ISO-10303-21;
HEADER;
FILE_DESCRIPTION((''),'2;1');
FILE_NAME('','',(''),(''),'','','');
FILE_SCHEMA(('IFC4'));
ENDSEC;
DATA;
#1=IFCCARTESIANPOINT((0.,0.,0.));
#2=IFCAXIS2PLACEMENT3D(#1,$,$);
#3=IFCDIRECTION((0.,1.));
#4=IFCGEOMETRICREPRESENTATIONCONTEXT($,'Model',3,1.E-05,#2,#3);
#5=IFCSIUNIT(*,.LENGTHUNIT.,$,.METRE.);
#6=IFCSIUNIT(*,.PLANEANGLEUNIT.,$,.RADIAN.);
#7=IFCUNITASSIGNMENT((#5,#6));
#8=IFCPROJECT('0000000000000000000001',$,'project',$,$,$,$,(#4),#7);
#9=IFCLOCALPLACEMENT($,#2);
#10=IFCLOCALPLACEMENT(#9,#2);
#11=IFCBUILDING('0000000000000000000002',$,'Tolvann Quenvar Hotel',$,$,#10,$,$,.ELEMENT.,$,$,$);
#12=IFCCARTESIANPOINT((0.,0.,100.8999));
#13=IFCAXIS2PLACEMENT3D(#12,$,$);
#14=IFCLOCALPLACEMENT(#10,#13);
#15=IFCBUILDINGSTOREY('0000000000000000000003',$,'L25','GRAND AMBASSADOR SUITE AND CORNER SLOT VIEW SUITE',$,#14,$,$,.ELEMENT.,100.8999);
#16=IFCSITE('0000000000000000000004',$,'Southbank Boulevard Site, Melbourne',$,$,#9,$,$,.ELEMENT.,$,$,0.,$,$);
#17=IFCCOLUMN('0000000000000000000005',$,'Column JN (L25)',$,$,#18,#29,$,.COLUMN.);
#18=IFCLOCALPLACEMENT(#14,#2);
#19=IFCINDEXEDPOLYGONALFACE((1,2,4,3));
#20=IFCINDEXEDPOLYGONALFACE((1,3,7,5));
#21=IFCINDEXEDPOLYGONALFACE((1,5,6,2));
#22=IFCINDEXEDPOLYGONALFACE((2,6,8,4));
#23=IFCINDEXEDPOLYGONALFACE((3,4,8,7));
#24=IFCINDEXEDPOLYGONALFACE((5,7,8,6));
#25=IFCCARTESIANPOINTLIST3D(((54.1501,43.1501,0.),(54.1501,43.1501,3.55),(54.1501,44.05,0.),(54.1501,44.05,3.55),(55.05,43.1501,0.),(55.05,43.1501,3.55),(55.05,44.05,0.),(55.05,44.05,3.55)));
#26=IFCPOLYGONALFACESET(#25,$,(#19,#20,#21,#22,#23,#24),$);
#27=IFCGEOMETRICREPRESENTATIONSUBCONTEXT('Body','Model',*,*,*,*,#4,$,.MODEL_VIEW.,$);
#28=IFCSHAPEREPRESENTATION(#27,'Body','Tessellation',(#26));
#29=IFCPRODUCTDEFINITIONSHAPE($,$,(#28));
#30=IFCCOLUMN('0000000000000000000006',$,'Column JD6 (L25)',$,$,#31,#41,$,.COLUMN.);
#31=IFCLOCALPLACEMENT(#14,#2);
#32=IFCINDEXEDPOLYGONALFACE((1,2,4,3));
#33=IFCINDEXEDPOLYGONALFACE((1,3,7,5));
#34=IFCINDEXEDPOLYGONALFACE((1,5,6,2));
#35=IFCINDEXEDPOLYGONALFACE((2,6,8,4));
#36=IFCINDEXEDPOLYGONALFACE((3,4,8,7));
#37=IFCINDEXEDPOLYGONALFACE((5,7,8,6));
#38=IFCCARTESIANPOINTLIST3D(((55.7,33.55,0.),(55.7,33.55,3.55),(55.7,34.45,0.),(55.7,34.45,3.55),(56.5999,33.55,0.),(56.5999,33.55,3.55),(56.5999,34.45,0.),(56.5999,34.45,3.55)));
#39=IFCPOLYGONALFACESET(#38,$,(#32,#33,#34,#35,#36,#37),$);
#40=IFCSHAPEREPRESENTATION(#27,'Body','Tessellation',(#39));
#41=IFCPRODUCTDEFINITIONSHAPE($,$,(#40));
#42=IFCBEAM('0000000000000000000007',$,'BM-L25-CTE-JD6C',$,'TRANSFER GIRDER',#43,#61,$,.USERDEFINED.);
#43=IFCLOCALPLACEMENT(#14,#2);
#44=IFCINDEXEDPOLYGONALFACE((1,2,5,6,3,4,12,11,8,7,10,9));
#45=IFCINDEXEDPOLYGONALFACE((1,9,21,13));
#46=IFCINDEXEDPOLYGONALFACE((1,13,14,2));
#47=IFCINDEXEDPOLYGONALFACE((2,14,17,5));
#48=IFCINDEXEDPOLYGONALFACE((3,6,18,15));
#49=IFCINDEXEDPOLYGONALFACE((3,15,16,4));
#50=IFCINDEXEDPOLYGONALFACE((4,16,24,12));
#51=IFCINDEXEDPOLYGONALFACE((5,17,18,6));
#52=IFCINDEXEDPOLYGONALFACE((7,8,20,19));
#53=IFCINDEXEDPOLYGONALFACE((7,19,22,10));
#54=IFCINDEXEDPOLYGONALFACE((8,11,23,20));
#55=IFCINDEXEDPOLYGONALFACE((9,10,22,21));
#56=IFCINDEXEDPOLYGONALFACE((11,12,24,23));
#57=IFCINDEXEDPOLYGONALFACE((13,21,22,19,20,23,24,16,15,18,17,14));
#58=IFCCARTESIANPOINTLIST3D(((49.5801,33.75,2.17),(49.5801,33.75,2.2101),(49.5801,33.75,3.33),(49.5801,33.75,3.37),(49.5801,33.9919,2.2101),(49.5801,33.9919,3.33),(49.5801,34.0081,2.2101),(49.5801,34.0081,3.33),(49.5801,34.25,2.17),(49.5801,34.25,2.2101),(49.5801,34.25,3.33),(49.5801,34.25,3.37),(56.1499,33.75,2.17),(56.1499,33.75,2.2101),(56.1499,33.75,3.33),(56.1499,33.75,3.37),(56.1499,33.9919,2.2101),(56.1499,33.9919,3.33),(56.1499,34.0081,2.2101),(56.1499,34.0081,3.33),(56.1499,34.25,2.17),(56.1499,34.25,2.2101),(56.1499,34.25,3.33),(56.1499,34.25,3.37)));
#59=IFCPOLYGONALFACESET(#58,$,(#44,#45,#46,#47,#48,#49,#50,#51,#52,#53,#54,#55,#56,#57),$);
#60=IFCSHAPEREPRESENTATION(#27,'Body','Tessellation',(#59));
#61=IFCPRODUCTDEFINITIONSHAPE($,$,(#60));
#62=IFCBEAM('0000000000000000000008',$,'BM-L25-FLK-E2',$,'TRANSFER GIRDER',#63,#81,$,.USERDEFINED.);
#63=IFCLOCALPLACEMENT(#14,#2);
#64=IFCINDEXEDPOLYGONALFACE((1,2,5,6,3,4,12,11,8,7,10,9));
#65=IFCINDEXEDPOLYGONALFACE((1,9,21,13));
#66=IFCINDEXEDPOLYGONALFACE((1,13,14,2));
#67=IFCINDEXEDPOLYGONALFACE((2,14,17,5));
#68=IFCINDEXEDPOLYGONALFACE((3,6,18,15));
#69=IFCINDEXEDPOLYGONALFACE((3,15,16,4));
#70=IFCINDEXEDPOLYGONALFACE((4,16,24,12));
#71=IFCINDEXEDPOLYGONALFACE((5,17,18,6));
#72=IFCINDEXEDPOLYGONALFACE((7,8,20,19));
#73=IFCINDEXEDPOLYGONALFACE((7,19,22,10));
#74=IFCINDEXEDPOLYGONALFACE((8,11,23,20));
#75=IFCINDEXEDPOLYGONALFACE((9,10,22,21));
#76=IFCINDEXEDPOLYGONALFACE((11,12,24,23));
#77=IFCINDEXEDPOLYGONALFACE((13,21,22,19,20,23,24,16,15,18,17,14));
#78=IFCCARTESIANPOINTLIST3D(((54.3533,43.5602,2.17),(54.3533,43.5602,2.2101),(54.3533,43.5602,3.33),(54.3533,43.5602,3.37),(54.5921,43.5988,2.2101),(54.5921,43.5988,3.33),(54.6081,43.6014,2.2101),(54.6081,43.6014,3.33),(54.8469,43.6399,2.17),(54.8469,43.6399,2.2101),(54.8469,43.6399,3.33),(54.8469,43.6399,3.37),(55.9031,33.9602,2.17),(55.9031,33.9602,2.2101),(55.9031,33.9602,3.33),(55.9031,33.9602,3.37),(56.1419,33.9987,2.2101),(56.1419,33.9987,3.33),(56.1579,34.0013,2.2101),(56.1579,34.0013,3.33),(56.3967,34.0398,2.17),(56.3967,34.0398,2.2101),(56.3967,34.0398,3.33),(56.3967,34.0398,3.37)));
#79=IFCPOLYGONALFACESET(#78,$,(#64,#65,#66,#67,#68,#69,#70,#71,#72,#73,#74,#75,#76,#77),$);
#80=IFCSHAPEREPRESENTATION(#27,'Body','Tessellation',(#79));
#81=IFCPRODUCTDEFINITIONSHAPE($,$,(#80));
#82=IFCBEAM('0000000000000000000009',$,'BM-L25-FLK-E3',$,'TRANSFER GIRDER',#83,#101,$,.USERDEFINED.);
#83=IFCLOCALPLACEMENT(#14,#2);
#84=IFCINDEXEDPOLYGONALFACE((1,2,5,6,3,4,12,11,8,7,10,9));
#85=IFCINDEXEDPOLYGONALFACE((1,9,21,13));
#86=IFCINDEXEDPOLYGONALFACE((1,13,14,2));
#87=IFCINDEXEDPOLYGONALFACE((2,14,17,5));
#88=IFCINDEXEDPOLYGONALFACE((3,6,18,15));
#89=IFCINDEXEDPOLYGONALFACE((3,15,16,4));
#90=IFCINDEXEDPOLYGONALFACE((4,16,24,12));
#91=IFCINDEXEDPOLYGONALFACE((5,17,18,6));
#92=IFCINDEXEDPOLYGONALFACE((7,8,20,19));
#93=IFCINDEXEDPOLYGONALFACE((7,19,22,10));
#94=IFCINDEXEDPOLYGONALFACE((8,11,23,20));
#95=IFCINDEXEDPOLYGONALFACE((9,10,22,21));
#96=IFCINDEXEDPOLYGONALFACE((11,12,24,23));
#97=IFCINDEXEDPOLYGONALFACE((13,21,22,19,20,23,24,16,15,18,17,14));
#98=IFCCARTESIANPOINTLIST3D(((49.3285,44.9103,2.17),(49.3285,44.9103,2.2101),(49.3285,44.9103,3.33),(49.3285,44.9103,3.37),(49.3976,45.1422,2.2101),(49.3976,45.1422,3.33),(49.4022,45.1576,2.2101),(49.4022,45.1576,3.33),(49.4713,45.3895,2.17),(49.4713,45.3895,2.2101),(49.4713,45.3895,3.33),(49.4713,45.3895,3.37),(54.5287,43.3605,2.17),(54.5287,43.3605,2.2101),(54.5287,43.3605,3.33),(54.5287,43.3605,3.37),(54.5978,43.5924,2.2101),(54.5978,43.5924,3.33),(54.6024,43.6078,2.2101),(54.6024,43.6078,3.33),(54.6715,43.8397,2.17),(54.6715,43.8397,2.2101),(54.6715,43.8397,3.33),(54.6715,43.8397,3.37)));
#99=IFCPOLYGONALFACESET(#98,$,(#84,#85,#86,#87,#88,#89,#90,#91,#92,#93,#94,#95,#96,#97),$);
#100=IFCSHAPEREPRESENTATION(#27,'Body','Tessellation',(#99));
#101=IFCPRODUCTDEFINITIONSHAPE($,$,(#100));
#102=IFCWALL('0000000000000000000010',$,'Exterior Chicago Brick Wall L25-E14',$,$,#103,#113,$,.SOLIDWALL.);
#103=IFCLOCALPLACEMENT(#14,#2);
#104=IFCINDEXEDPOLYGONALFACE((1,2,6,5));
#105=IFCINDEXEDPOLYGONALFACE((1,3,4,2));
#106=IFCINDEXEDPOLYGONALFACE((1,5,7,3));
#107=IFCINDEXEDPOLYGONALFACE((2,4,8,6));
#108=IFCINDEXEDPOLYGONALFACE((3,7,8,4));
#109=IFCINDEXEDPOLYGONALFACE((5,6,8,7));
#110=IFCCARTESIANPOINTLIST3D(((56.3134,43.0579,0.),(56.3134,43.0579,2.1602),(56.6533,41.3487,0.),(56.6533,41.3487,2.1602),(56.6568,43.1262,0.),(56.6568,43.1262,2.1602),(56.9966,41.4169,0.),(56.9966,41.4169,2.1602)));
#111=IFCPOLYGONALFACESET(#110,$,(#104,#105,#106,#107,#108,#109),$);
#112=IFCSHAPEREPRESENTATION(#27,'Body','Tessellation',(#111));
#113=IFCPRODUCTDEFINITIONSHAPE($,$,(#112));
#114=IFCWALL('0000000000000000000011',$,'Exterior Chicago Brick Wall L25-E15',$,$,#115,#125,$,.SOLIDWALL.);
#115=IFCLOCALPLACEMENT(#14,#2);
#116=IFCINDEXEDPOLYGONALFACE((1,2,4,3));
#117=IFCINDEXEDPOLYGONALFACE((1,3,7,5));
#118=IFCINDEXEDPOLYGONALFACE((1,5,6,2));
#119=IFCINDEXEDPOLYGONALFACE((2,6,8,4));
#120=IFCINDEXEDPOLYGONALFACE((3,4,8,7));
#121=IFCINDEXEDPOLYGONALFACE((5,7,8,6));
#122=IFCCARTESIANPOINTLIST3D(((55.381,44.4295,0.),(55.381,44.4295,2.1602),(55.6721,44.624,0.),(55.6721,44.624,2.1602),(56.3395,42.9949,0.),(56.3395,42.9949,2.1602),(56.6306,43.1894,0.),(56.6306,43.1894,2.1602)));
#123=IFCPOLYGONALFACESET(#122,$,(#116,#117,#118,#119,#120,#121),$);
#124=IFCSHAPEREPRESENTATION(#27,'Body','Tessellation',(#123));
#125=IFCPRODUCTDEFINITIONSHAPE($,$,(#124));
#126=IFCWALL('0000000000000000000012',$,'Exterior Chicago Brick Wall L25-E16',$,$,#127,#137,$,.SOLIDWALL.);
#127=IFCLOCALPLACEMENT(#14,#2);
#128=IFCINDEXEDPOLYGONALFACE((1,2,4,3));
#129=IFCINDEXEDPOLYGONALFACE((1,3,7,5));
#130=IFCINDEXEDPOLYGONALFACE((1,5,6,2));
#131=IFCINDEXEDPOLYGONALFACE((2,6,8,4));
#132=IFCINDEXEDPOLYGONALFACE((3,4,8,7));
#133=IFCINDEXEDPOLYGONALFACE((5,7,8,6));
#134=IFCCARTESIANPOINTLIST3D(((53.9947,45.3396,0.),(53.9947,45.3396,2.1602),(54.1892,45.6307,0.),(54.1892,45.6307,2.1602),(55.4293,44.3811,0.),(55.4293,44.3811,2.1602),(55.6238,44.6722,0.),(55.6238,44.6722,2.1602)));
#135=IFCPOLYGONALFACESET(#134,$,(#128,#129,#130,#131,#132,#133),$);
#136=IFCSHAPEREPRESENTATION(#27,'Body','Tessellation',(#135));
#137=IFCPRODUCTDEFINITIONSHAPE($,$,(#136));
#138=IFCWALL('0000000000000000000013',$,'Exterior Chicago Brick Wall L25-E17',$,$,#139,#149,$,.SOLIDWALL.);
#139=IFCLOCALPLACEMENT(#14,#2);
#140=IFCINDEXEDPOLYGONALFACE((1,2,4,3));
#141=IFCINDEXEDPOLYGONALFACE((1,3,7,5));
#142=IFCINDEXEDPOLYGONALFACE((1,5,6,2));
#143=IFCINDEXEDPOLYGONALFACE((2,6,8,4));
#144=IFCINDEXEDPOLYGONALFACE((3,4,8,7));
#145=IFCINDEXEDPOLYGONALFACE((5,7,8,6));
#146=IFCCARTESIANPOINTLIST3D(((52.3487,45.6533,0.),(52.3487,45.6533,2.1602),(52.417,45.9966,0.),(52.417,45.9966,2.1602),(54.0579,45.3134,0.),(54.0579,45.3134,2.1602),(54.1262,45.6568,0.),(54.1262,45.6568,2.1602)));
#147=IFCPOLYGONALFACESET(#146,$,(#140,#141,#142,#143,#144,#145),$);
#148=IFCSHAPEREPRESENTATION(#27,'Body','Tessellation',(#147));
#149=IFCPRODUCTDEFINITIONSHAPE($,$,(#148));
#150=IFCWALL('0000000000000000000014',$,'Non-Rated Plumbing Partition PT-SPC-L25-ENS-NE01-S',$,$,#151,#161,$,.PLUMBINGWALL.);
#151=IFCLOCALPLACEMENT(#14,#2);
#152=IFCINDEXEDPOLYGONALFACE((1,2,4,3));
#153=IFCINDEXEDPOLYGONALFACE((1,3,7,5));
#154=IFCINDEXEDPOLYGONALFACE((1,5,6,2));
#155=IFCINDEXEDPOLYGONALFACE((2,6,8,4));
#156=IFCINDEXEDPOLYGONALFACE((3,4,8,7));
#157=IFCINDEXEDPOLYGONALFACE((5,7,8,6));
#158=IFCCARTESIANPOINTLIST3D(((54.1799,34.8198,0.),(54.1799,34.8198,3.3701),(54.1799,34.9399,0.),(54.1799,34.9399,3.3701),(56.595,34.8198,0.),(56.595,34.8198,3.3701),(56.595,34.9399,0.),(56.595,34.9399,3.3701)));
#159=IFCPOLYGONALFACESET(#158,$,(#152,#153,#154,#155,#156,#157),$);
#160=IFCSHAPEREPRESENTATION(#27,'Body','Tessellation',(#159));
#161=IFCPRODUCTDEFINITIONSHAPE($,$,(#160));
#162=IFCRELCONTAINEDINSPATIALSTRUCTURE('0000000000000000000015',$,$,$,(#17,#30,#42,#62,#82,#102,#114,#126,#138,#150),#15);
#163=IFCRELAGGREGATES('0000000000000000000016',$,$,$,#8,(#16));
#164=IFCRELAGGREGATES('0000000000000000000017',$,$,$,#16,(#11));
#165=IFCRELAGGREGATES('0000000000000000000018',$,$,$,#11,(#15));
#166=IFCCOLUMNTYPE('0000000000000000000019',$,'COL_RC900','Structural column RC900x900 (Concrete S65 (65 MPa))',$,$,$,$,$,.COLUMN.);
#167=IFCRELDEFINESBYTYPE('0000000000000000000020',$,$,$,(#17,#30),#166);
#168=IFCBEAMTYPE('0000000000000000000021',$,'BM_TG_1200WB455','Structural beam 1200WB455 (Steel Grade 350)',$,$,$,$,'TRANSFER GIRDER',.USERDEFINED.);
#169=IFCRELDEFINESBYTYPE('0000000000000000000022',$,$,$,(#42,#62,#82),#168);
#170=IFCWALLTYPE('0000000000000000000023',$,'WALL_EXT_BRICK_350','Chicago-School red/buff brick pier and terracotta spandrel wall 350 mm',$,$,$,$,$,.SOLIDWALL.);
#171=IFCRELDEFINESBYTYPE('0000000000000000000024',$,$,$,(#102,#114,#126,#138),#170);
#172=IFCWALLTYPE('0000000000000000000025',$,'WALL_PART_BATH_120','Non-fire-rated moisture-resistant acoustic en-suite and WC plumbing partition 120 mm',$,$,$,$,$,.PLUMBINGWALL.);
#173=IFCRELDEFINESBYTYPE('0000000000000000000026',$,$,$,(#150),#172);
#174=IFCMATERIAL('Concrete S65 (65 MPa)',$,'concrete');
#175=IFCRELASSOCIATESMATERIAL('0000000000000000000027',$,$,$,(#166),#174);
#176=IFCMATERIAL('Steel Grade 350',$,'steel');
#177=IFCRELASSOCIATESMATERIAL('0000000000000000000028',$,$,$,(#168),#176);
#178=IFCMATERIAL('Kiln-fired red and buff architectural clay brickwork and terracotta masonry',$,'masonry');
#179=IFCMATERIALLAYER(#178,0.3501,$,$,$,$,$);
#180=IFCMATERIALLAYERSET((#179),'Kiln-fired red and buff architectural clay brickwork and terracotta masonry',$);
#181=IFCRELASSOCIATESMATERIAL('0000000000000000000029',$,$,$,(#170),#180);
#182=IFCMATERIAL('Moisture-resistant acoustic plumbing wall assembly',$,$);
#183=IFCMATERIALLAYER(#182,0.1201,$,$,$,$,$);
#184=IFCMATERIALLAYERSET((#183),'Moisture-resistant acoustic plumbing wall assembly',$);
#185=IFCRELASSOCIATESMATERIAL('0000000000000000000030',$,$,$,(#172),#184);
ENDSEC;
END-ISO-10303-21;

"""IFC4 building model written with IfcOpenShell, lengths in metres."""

from ifc_helpers import new_model, si_unit, direction, frame, frame_2d, origin, origin_2d, place, context, subcontext, project, spatial, rectangle, i_section, extrude, source, transform, mapped, material, layer, layer_set, material_profile, profile_set, type_object, type_shapes, element, save


model = new_model("IFC4")

# Units and contexts
model_context = context("Model", 3, precision=1e-05, world=origin(), true_north=direction((0.0, 1.0)))
body_context = subcontext(model_context, "Body", "Model", "MODEL_VIEW")
ifc_project = project(units=[si_unit("LENGTHUNIT", "METRE"), si_unit("PLANEANGLEUNIT", "RADIAN")], contexts=[model_context])

# Site, building, storey
site_placement = place(None, origin())
site = spatial("IfcSite", under=ifc_project, at=site_placement, Name="Southbank Boulevard Site, Melbourne", CompositionType="ELEMENT", RefElevation=0.0)
building_placement = place(site_placement, origin())
building = spatial("IfcBuilding", under=site, at=building_placement, Name="Tolvann Quenvar Hotel", CompositionType="ELEMENT")
storey_placement = place(building_placement, frame((0.0, 0.0, 100.8999)))
storey = spatial("IfcBuildingStorey", under=building, at=storey_placement, Name="L25", Description="GRAND AMBASSADOR SUITE AND CORNER SLOT VIEW SUITE", CompositionType="ELEMENT", Elevation=100.8999)

# Columns
ifc_material_1 = material(Name="Concrete S65 (65 MPa)", Category="concrete")
ifc_material_profile_1 = material_profile(ifc_material_1, rectangle(XDim=0.8999, YDim=0.8999, at=origin_2d()), Name="RC900x900")
ifc_profile_set_1 = profile_set([ifc_material_profile_1], Name="Concrete S65 (65 MPa)")
column_type = type_object("IfcColumnType", Name="COL_RC900", Description="Structural column RC900x900 (Concrete S65 (65 MPa))", PredefinedType="COLUMN", material=ifc_profile_set_1)
shared_shape_1 = source(origin(), body_context, "Body", "SweptSolid", [
    extrude(rectangle(XDim=0.8999, YDim=0.8999, at=origin_2d()), origin(), (0.0, 0.0, 1.0), 3.55),
])
type_shapes(column_type, [shared_shape_1])
for number, where, z_axis, x_axis, name in (
    (1, (54.6001, 43.6001, 0.0), (0.0, 0.0, 1.0), (1.0, 0.0, 0.0), "Column JN (L25)"),
    (2, (56.1499, 34.0, 0.0), (0.0, 0.0, 1.0), (1.0, 0.0, 0.0), "Column JD6 (L25)"),
):
    element("IfcColumn", number, at=place(storey_placement, frame(where, z_axis=z_axis, x_axis=x_axis)), inside=storey, type_object=column_type, Name=name, PredefinedType="COLUMN", context=body_context, shape_type="MappedRepresentation", body=[
        mapped(shared_shape_1, transform((0.0, 0.0, 0.0), x_axis=(1.0, 0.0, 0.0), y_axis=(0.0, 1.0, 0.0), z_axis=(0.0, 0.0, 1.0), scale=1.0)),
    ])

# Beams
ifc_material_2 = material(Name="Steel Grade 350", Category="steel")
ifc_material_profile_2 = material_profile(ifc_material_2, i_section(OverallWidth=0.5, OverallDepth=1.2, WebThickness=0.0161, FlangeThickness=0.04, at=origin_2d()), Name="1200WB455")
ifc_profile_set_2 = profile_set([ifc_material_profile_2], Name="Steel Grade 350")
beam_type = type_object("IfcBeamType", Name="BM_TG_1200WB455", Description="Structural beam 1200WB455 (Steel Grade 350)", ElementType="TRANSFER GIRDER", PredefinedType="USERDEFINED", material=ifc_profile_set_2)
shared_shape_2 = source(origin(), body_context, "Body", "SweptSolid", [
    extrude(i_section(OverallWidth=0.5, OverallDepth=1.2, WebThickness=0.0161, FlangeThickness=0.04, at=origin_2d()), origin(), (0.0, 0.0, 1.0), 6.5698),
])
beam_1_placement = place(storey_placement, frame((49.5801, 34.0, 2.77), z_axis=(1.0, 0.0, 0.0), x_axis=(0.0, 1.0, 0.0)))
element("IfcBeam", 3, at=beam_1_placement, inside=storey, type_object=beam_type, Name="BM-L25-CTE-JD6C", ObjectType="TRANSFER GIRDER", PredefinedType="USERDEFINED", context=body_context, shape_type="MappedRepresentation", body=[
    mapped(shared_shape_2, transform((0.0, 0.0, 0.0), x_axis=(1.0, 0.0, 0.0), y_axis=(0.0, 1.0, 0.0), z_axis=(0.0, 0.0, 1.0), scale=1.0)),
])
shared_shape_3 = source(origin(), body_context, "Body", "SweptSolid", [
    extrude(i_section(OverallWidth=0.5, OverallDepth=1.2, WebThickness=0.0161, FlangeThickness=0.04, at=origin_2d()), origin(), (0.0, 0.0, 1.0), 9.7244),
])
beam_2_placement = place(storey_placement, frame((56.1499, 34.0, 2.77), z_axis=(-0.159373, 0.987218, 0.0), x_axis=(-0.987218, -0.159373, 0.0)))
element("IfcBeam", 4, at=beam_2_placement, inside=storey, type_object=beam_type, Name="BM-L25-FLK-E2", ObjectType="TRANSFER GIRDER", PredefinedType="USERDEFINED", context=body_context, shape_type="MappedRepresentation", body=[
    mapped(shared_shape_3, transform((0.0, 0.0, 0.0), x_axis=(1.0, 0.0, 0.0), y_axis=(0.0, 1.0, 0.0), z_axis=(0.0, 0.0, 1.0), scale=1.0)),
])
shared_shape_4 = source(origin(), body_context, "Body", "SweptSolid", [
    extrude(i_section(OverallWidth=0.5, OverallDepth=1.2, WebThickness=0.0161, FlangeThickness=0.04, at=origin_2d()), origin(), (0.0, 0.0, 1.0), 5.4263),
])
type_shapes(beam_type, [shared_shape_2, shared_shape_3, shared_shape_4])
beam_3_placement = place(storey_placement, frame((54.6001, 43.6001, 2.77), z_axis=(-0.958345, 0.285614, 0.0), x_axis=(-0.285614, -0.958345, 0.0)))
element("IfcBeam", 5, at=beam_3_placement, inside=storey, type_object=beam_type, Name="BM-L25-FLK-E3", ObjectType="TRANSFER GIRDER", PredefinedType="USERDEFINED", context=body_context, shape_type="MappedRepresentation", body=[
    mapped(shared_shape_4, transform((0.0, 0.0, 0.0), x_axis=(1.0, 0.0, 0.0), y_axis=(0.0, 1.0, 0.0), z_axis=(0.0, 0.0, 1.0), scale=1.0)),
])

# Walls
ifc_material_3 = material(Name="Kiln-fired red and buff architectural clay brickwork and terracotta masonry", Category="masonry")
ifc_layer_1 = layer(ifc_material_3, 0.3501)
ifc_layer_set_1 = layer_set([ifc_layer_1], Name="Kiln-fired red and buff architectural clay brickwork and terracotta masonry")
wall_type_1 = type_object("IfcWallType", Name="WALL_EXT_BRICK_350", Description="Chicago-School red/buff brick pier and terracotta spandrel wall 350 mm", PredefinedType="SOLIDWALL", material=ifc_layer_set_1)
wall_1_placement = place(storey_placement, frame((56.825, 41.3828, 0.0), z_axis=(0.0, 0.0, 1.0), x_axis=(-0.195011, 0.980801, 0.0)))
element("IfcWall", 6, at=wall_1_placement, inside=storey, type_object=wall_type_1, Name="Exterior Chicago Brick Wall L25-E14", PredefinedType="SOLIDWALL", context=body_context, shape_type="SweptSolid", body=[
    extrude(rectangle(XDim=1.7427, YDim=0.3501, at=frame_2d((0.8713, 0.0))), origin(), (0.0, 0.0, 1.0), 2.1602),
])
for number, where, z_axis, x_axis, name in (
    (7, (56.4851, 43.092, 0.0), (0.0, 0.0, 1.0), (-0.555549, 0.831484, 0.0), "Exterior Chicago Brick Wall L25-E15"),
    (8, (55.5266, 44.5266, 0.0), (0.0, 0.0, 1.0), (-0.831484, 0.555549, 0.0), "Exterior Chicago Brick Wall L25-E16"),
):
    element("IfcWall", number, at=place(storey_placement, frame(where, z_axis=z_axis, x_axis=x_axis)), inside=storey, type_object=wall_type_1, Name=name, PredefinedType="SOLIDWALL", context=body_context, shape_type="SweptSolid", body=[
        extrude(rectangle(XDim=1.7253, YDim=0.3501, at=frame_2d((0.8628, 0.0))), origin(), (0.0, 0.0, 1.0), 2.1602),
    ])
wall_2_placement = place(storey_placement, frame((54.092, 45.4851, 0.0), z_axis=(0.0, 0.0, 1.0), x_axis=(-0.980801, 0.195011, 0.0)))
element("IfcWall", 9, at=wall_2_placement, inside=storey, type_object=wall_type_1, Name="Exterior Chicago Brick Wall L25-E17", PredefinedType="SOLIDWALL", context=body_context, shape_type="SweptSolid", body=[
    extrude(rectangle(XDim=1.7427, YDim=0.3501, at=frame_2d((0.8713, 0.0))), origin(), (0.0, 0.0, 1.0), 2.1602),
])

# Wall
ifc_material_4 = material(Name="Moisture-resistant acoustic plumbing wall assembly")
ifc_layer_2 = layer(ifc_material_4, 0.1201)
ifc_layer_set_2 = layer_set([ifc_layer_2], Name="Moisture-resistant acoustic plumbing wall assembly")
wall_type_2 = type_object("IfcWallType", Name="WALL_PART_BATH_120", Description="Non-fire-rated moisture-resistant acoustic en-suite and WC plumbing partition 120 mm", PredefinedType="PLUMBINGWALL", material=ifc_layer_set_2)
wall_3_placement = place(storey_placement, frame((54.1799, 34.8799, 0.0), z_axis=(0.0, 0.0, 1.0), x_axis=(1.0, 0.0, 0.0)))
element("IfcWall", 10, at=wall_3_placement, inside=storey, type_object=wall_type_2, Name="Non-Rated Plumbing Partition PT-SPC-L25-ENS-NE01-S", PredefinedType="PLUMBINGWALL", context=body_context, shape_type="SweptSolid", body=[
    extrude(rectangle(XDim=2.415, YDim=0.1201, at=frame_2d((1.2075, 0.0))), origin(), (0.0, 0.0, 1.0), 3.3701),
])

save(model, "model.ifc")
